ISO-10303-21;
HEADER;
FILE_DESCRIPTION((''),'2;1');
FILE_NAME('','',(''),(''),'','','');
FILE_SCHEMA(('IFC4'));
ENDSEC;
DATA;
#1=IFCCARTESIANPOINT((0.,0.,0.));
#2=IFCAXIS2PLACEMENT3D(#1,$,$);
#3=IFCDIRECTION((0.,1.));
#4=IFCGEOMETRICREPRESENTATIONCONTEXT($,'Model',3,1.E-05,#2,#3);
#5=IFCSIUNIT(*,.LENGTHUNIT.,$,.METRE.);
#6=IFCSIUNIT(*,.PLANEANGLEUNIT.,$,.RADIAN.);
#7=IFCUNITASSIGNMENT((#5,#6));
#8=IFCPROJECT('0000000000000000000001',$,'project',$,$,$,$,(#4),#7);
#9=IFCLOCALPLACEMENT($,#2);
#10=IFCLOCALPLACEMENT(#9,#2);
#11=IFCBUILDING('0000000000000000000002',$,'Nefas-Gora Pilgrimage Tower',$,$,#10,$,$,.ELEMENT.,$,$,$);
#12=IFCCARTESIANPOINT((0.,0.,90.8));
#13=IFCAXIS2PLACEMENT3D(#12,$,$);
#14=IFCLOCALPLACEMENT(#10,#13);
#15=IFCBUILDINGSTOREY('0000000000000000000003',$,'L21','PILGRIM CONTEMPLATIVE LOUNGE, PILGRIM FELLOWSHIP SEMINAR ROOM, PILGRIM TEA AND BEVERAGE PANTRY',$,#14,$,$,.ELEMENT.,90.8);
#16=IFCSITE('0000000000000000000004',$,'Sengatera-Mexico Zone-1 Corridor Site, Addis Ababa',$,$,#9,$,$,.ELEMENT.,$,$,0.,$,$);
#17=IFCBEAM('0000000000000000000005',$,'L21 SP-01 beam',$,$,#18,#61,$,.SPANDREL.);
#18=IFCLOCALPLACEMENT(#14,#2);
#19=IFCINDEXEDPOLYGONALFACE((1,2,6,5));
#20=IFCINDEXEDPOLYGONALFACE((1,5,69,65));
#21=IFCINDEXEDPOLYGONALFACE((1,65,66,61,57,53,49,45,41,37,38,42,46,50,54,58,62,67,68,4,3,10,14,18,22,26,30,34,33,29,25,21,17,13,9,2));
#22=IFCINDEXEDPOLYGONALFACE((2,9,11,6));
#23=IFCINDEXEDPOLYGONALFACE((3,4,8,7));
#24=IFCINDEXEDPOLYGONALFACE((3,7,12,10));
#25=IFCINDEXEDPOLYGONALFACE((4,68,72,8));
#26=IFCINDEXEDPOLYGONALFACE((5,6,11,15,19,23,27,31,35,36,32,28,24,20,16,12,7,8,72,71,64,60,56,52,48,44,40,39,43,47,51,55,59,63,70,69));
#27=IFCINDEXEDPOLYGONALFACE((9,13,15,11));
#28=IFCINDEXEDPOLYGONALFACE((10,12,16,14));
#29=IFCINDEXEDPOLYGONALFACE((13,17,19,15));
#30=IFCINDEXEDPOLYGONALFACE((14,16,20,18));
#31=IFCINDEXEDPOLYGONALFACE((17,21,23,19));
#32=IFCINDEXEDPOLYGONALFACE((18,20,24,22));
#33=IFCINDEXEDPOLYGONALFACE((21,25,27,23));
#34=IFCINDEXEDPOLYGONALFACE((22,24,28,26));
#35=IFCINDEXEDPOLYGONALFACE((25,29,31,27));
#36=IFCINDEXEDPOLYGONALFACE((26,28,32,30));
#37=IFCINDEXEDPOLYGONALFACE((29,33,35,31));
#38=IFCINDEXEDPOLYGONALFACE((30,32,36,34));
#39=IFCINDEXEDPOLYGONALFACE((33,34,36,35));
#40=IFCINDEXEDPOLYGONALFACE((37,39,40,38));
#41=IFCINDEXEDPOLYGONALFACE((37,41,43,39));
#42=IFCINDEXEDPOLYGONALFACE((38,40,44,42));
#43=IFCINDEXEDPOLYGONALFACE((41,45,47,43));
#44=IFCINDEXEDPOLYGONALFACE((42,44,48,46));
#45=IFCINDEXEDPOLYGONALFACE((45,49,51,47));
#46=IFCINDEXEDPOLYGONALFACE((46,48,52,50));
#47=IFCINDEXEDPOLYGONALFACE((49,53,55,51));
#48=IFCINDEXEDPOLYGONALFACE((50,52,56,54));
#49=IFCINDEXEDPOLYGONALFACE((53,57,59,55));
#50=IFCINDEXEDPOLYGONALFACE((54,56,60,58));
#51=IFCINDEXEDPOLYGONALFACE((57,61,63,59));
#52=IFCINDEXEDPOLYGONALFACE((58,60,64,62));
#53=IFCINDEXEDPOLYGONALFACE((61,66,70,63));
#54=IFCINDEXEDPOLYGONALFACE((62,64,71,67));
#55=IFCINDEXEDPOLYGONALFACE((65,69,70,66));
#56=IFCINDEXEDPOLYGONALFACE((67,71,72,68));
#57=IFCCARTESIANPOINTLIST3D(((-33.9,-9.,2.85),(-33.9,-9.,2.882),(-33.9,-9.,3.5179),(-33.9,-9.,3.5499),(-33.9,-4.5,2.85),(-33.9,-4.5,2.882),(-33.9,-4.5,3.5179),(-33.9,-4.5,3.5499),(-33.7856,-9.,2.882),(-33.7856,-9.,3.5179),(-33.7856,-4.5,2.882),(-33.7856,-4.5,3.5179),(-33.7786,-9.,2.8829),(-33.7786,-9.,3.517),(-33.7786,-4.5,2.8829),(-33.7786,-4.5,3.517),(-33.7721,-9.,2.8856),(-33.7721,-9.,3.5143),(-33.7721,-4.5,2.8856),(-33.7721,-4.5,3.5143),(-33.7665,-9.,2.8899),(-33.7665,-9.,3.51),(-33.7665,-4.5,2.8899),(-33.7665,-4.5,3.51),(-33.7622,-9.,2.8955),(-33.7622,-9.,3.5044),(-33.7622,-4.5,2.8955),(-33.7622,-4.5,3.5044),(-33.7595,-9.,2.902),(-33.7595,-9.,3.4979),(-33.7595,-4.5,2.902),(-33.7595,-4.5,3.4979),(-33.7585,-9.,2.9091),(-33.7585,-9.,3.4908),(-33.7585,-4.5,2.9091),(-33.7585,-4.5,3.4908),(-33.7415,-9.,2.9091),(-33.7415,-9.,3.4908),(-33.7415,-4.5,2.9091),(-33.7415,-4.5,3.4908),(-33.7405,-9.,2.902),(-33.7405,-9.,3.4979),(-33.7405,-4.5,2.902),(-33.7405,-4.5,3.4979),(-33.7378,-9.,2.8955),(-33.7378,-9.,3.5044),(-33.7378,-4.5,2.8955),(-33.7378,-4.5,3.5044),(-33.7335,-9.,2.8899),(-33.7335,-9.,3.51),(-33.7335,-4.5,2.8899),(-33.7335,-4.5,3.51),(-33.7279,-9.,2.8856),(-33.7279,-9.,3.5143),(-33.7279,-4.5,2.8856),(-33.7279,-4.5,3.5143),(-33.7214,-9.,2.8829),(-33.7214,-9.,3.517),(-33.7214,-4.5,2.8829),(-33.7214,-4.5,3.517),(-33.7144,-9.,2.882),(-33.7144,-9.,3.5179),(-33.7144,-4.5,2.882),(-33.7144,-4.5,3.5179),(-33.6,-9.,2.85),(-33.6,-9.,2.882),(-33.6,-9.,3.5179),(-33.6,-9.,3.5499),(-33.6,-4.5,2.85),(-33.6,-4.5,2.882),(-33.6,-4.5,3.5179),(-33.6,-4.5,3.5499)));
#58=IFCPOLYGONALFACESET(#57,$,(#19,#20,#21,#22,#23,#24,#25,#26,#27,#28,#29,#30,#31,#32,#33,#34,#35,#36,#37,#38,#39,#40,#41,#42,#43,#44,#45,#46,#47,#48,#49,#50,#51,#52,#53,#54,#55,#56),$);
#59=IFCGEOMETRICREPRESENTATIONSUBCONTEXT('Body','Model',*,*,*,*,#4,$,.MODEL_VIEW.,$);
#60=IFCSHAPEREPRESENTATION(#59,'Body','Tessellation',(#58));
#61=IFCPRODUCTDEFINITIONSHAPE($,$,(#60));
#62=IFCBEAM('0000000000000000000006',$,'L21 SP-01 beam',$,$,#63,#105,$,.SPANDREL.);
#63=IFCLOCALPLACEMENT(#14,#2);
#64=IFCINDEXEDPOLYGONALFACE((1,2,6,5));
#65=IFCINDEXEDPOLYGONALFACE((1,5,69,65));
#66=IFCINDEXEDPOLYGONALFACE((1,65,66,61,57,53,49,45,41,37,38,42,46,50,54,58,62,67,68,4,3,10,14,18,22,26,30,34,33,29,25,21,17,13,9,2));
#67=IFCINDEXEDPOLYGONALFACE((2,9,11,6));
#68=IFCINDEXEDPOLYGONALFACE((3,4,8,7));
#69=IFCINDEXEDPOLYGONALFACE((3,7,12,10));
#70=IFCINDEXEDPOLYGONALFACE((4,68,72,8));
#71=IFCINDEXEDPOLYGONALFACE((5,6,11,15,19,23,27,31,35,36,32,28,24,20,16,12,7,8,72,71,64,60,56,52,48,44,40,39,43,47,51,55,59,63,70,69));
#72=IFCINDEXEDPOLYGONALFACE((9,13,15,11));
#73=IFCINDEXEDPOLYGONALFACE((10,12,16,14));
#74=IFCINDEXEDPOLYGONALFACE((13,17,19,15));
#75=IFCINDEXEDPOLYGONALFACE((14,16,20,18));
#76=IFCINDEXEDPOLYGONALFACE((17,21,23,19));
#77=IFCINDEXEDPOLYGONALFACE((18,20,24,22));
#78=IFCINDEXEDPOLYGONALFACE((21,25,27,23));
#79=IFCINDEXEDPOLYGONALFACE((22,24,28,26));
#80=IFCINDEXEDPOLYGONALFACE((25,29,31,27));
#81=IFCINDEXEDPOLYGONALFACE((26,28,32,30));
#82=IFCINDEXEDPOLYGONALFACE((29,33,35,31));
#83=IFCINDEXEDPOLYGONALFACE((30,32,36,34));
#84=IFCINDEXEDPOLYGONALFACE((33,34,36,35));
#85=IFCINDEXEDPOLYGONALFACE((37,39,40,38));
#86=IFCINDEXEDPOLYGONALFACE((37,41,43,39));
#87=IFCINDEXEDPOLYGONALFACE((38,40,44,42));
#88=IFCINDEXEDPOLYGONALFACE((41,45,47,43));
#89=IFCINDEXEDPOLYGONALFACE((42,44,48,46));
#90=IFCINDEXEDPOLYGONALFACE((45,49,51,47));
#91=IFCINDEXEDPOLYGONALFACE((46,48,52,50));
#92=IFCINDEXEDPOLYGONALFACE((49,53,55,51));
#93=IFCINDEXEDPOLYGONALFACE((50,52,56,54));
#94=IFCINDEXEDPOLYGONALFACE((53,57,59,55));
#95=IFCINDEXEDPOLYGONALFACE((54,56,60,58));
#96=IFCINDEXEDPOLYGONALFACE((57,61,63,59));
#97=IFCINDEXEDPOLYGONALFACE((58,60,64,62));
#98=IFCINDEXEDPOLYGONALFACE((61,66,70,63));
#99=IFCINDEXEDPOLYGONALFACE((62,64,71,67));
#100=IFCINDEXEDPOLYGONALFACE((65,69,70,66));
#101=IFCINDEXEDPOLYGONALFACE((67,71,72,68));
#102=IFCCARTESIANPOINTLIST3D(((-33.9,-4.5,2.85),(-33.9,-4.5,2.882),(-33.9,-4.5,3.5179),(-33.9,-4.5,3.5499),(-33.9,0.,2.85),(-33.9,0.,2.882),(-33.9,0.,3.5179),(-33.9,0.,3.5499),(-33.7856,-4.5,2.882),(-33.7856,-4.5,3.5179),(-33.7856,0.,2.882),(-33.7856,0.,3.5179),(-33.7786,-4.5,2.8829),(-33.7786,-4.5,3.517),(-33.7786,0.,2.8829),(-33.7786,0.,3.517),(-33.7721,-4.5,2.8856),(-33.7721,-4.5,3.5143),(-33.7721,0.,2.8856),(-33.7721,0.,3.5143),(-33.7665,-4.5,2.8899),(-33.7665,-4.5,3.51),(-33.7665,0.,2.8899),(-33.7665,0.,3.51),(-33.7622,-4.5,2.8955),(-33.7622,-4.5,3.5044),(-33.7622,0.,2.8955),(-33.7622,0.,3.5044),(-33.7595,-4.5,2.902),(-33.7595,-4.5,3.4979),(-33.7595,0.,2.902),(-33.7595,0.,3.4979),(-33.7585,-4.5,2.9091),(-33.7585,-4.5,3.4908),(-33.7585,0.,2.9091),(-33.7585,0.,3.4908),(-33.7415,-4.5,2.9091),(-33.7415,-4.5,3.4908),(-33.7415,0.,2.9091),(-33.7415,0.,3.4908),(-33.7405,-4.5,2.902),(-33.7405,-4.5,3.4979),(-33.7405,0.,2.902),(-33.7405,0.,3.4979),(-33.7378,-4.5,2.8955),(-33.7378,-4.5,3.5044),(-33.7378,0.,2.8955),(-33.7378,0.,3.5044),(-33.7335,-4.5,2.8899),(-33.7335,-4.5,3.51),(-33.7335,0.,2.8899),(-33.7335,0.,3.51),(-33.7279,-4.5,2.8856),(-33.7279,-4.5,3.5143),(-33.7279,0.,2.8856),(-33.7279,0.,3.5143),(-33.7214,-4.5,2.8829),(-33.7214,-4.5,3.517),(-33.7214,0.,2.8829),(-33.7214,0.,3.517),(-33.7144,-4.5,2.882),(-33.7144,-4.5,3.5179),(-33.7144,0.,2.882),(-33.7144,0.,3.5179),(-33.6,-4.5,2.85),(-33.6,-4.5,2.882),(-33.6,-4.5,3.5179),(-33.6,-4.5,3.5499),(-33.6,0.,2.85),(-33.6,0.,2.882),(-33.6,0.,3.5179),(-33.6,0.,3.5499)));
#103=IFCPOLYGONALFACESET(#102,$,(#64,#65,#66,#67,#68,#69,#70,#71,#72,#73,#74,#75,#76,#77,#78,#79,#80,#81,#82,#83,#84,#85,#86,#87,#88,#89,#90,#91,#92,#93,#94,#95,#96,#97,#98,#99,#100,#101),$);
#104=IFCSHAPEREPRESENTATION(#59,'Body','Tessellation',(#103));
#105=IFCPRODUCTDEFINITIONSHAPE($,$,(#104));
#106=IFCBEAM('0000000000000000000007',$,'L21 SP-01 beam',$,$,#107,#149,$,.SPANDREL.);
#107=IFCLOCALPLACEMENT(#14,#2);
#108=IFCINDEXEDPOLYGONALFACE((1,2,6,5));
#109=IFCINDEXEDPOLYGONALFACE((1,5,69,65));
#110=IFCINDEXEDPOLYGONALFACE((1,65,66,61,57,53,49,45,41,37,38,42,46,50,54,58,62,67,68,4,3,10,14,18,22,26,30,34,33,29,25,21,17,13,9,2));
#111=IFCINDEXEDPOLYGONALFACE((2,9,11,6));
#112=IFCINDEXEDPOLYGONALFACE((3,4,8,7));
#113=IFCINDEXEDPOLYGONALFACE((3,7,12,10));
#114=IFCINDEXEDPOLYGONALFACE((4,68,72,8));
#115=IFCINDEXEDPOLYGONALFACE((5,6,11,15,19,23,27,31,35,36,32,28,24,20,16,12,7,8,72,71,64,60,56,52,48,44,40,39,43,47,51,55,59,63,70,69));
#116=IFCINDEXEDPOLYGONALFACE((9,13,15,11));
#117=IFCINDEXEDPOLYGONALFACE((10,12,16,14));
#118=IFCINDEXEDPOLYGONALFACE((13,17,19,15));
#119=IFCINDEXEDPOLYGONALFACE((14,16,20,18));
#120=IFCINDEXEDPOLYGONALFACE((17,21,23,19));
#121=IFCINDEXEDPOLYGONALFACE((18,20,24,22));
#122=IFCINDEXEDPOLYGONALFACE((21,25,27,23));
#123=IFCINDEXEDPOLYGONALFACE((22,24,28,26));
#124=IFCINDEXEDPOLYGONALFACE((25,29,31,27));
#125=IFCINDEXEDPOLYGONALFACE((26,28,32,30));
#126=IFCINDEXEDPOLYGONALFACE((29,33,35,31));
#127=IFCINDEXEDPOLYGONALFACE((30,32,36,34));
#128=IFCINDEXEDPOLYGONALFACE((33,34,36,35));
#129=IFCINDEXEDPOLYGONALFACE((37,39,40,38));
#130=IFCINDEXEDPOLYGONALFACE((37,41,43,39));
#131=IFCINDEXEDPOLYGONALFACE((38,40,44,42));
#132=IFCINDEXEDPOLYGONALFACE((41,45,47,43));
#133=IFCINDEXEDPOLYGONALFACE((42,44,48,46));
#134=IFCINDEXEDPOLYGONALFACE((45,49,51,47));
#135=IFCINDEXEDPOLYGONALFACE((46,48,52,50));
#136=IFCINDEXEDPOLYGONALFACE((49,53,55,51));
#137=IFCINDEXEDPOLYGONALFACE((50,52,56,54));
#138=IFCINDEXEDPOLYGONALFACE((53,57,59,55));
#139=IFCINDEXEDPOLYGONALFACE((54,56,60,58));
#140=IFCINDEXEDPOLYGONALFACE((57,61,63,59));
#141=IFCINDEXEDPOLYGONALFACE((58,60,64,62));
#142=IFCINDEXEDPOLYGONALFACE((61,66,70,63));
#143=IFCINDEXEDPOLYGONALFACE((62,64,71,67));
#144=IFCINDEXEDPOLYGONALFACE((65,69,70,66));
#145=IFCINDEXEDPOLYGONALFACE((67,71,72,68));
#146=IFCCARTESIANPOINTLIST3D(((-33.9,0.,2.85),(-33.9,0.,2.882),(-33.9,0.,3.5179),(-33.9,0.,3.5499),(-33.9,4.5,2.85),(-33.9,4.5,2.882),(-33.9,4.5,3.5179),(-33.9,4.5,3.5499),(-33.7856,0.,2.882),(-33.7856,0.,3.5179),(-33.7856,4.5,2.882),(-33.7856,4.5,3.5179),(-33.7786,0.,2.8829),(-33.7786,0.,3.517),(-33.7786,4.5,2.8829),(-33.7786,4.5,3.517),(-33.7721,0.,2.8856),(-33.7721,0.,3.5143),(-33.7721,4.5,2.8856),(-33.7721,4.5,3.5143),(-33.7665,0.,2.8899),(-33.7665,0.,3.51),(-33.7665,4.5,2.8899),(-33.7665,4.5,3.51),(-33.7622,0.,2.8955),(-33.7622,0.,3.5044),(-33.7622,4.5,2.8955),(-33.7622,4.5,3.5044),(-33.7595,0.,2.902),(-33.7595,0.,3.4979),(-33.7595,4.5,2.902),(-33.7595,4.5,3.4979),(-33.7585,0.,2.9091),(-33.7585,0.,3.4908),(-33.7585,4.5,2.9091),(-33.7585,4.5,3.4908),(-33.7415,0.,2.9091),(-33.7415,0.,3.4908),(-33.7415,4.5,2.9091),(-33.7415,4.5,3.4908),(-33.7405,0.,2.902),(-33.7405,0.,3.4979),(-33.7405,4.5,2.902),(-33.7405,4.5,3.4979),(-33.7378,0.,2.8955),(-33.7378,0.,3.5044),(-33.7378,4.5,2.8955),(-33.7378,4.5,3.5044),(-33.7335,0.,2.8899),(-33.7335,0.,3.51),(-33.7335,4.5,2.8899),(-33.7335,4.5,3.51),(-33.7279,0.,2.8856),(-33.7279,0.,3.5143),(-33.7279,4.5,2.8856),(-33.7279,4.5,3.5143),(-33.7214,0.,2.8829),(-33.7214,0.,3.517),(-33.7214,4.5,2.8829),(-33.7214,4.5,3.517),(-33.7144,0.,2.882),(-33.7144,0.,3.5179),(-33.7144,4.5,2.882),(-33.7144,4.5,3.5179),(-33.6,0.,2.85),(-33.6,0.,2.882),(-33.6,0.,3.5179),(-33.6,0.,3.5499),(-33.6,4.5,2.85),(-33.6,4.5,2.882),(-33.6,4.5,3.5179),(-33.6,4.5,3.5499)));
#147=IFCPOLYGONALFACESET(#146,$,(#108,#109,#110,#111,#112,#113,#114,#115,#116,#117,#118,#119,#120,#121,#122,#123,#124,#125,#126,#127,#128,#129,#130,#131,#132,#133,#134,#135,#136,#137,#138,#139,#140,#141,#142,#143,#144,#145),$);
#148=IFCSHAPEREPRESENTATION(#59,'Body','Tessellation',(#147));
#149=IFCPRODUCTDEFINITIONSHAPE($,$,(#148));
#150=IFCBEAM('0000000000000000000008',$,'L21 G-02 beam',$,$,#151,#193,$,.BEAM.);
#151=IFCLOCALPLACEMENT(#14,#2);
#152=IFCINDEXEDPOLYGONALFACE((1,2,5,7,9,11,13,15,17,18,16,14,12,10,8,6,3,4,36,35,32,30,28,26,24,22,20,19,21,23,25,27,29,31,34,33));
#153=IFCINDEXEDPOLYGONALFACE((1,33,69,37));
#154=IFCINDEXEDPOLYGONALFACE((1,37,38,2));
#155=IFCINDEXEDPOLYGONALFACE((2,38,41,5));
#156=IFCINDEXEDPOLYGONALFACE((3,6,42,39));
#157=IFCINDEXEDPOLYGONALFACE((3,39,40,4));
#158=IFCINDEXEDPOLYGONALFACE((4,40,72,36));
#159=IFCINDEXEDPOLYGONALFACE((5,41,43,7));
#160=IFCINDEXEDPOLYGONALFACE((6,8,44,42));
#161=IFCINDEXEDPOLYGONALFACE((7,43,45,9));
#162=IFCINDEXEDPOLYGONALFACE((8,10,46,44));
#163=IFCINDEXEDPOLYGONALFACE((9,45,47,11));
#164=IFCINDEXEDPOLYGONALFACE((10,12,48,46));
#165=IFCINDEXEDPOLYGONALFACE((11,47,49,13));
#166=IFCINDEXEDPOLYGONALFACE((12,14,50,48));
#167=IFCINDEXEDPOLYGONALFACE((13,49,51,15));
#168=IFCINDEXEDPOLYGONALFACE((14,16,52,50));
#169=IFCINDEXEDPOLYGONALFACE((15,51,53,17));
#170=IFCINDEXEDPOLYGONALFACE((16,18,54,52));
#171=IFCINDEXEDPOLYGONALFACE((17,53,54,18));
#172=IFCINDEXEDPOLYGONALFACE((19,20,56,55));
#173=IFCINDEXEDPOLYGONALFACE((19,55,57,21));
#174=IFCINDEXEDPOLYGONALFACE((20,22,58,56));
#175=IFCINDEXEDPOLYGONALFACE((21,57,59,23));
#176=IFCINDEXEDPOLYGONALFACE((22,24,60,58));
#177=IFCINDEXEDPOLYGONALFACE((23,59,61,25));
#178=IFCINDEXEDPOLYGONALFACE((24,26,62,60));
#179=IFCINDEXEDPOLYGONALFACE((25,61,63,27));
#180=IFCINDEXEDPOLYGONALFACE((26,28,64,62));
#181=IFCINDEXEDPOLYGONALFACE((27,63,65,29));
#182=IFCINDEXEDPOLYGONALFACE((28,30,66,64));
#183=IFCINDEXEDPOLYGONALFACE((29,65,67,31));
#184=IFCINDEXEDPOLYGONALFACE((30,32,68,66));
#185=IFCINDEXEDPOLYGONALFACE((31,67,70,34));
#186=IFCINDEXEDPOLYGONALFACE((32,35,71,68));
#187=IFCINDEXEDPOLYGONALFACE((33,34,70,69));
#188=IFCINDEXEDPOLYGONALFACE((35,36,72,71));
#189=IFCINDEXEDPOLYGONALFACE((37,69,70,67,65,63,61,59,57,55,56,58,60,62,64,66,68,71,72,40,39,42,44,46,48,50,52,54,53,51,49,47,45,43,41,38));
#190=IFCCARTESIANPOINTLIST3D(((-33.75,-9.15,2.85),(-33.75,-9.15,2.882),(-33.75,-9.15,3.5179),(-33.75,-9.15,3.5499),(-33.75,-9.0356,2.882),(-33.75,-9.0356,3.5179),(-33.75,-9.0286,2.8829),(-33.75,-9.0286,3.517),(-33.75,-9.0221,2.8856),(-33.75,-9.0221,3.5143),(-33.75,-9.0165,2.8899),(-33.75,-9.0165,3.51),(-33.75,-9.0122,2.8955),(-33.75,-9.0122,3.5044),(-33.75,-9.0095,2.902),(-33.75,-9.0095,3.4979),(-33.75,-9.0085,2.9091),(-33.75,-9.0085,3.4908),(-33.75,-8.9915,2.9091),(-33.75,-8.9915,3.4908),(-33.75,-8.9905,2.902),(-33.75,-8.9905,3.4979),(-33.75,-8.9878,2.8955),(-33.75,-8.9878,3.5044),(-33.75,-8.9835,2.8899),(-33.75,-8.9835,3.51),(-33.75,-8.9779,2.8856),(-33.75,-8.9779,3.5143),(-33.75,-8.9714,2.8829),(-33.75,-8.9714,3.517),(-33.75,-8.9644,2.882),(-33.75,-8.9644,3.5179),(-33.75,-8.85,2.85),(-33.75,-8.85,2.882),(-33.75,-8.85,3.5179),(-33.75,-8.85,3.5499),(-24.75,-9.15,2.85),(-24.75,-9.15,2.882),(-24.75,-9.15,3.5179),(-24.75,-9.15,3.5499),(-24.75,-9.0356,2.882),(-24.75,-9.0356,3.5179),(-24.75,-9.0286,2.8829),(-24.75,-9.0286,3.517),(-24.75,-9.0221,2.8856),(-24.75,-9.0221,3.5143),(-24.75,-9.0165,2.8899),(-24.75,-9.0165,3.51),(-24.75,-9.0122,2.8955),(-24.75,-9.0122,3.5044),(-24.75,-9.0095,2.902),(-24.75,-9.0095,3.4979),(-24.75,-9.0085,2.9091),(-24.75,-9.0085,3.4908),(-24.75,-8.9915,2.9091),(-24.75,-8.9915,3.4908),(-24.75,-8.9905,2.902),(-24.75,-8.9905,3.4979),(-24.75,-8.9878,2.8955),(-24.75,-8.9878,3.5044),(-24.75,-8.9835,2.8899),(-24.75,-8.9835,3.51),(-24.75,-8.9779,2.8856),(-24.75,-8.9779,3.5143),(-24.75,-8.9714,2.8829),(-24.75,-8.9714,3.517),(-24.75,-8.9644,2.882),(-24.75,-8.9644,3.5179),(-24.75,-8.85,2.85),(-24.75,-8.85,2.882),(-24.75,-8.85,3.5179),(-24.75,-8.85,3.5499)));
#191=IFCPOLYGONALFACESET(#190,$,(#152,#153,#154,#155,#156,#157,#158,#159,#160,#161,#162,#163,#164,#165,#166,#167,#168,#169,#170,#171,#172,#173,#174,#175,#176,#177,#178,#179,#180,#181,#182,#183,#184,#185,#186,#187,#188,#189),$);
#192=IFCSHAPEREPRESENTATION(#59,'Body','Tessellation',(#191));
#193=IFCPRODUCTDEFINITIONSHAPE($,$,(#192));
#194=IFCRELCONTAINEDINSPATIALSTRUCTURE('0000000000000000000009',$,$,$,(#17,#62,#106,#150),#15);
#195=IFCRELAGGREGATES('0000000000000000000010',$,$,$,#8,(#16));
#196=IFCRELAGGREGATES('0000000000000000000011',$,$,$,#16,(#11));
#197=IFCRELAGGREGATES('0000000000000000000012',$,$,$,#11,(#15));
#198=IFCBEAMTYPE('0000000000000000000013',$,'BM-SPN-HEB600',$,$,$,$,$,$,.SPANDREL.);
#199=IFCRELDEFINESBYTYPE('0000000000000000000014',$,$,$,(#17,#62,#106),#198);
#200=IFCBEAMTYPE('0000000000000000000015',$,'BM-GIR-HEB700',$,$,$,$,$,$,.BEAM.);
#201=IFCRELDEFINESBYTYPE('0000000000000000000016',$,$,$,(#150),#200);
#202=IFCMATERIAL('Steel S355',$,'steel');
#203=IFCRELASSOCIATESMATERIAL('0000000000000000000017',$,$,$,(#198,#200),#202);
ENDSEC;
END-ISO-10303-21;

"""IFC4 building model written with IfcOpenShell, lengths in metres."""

from ifc_helpers import new_model, si_unit, direction, frame, origin, origin_2d, place, context, subcontext, project, spatial, i_section, extrude, source, transform, mapped, material, material_profile, profile_set, type_object, element, save


model = new_model("IFC4")

# Units and contexts
model_context = context("Model", 3, precision=1e-05, world=origin(), true_north=direction((0.0, 1.0)))
body_context = subcontext(model_context, "Body", "Model", "MODEL_VIEW")
ifc_project = project(units=[si_unit("LENGTHUNIT", "METRE"), si_unit("PLANEANGLEUNIT", "RADIAN")], contexts=[model_context])

# Site, building, storey
site_placement = place(None, origin())
site = spatial("IfcSite", under=ifc_project, at=site_placement, Name="Sengatera-Mexico Zone-1 Corridor Site, Addis Ababa", CompositionType="ELEMENT", RefElevation=0.0)
building_placement = place(site_placement, origin())
building = spatial("IfcBuilding", under=site, at=building_placement, Name="Nefas-Gora Pilgrimage Tower", CompositionType="ELEMENT")
storey_placement = place(building_placement, frame((0.0, 0.0, 90.8)))
storey = spatial("IfcBuildingStorey", under=building, at=storey_placement, Name="L21", Description="PILGRIM CONTEMPLATIVE LOUNGE, PILGRIM FELLOWSHIP SEMINAR ROOM, PILGRIM TEA AND BEVERAGE PANTRY", CompositionType="ELEMENT", Elevation=90.8)

# Beams
ifc_material_1 = material(Name="Steel S355", Category="steel")
ifc_material_profile_1 = material_profile(ifc_material_1, i_section(OverallWidth=0.3, OverallDepth=0.7, WebThickness=0.0171, FlangeThickness=0.032, FilletRadius=0.0271, at=origin_2d()), Name="HEB 700")
ifc_profile_set_1 = profile_set([ifc_material_profile_1], Name="Steel S355")
beam_type_1 = type_object("IfcBeamType", Name="BM-SPN-HEB600", PredefinedType="SPANDREL", material=ifc_profile_set_1)
shared_shape_1 = source(origin(), body_context, "Body", "SweptSolid", [
    extrude(i_section(OverallWidth=0.3, OverallDepth=0.7, WebThickness=0.0171, FlangeThickness=0.032, FilletRadius=0.0271, at=origin_2d()), origin(), (0.0, 0.0, 1.0), 4.5),
])
for number, where, z_axis, x_axis, name in (
    (1, (-33.75, -9.0, 3.2), (0.0, 1.0, 0.0), (-1.0, 0.0, 0.0), "L21 SP-01 beam"),
    (2, (-33.75, -4.5, 3.2), (0.0, 1.0, 0.0), (-1.0, 0.0, 0.0), "L21 SP-01 beam"),
    (3, (-33.75, 0.0, 3.2), (0.0, 1.0, 0.0), (-1.0, 0.0, 0.0), "L21 SP-01 beam"),
):
    element("IfcBeam", number, at=place(storey_placement, frame(where, z_axis=z_axis, x_axis=x_axis)), inside=storey, type_object=beam_type_1, Name=name, PredefinedType="SPANDREL", context=body_context, shape_type="MappedRepresentation", body=[
        mapped(shared_shape_1, transform((0.0, 0.0, 0.0), x_axis=(1.0, 0.0, 0.0), y_axis=(0.0, 1.0, 0.0), z_axis=(0.0, 0.0, 1.0), scale=1.0)),
    ])
ifc_material_profile_2 = material_profile(ifc_material_1, i_section(OverallWidth=0.3, OverallDepth=0.7, WebThickness=0.0171, FlangeThickness=0.032, FilletRadius=0.0271, at=origin_2d()), Name="HEB 700")
ifc_profile_set_2 = profile_set([ifc_material_profile_2], Name="Steel S355")
beam_type_2 = type_object("IfcBeamType", Name="BM-GIR-HEB700", PredefinedType="BEAM", material=ifc_profile_set_2)
shared_shape_2 = source(origin(), body_context, "Body", "SweptSolid", [
    extrude(i_section(OverallWidth=0.3, OverallDepth=0.7, WebThickness=0.0171, FlangeThickness=0.032, FilletRadius=0.0271, at=origin_2d()), origin(), (0.0, 0.0, 1.0), 9.0),
])
for number, where, z_axis, x_axis, name in (
    (4, (-33.75, -9.0, 3.2), (1.0, 0.0, 0.0), (0.0, 1.0, 0.0), "L21 G-02 beam"),
):
    element("IfcBeam", number, at=place(storey_placement, frame(where, z_axis=z_axis, x_axis=x_axis)), inside=storey, type_object=beam_type_2, Name=name, PredefinedType="BEAM", context=body_context, shape_type="MappedRepresentation", body=[
        mapped(shared_shape_2, transform((0.0, 0.0, 0.0), x_axis=(1.0, 0.0, 0.0), y_axis=(0.0, 1.0, 0.0), z_axis=(0.0, 0.0, 1.0), scale=1.0)),
    ])

save(model, "model.ifc")
